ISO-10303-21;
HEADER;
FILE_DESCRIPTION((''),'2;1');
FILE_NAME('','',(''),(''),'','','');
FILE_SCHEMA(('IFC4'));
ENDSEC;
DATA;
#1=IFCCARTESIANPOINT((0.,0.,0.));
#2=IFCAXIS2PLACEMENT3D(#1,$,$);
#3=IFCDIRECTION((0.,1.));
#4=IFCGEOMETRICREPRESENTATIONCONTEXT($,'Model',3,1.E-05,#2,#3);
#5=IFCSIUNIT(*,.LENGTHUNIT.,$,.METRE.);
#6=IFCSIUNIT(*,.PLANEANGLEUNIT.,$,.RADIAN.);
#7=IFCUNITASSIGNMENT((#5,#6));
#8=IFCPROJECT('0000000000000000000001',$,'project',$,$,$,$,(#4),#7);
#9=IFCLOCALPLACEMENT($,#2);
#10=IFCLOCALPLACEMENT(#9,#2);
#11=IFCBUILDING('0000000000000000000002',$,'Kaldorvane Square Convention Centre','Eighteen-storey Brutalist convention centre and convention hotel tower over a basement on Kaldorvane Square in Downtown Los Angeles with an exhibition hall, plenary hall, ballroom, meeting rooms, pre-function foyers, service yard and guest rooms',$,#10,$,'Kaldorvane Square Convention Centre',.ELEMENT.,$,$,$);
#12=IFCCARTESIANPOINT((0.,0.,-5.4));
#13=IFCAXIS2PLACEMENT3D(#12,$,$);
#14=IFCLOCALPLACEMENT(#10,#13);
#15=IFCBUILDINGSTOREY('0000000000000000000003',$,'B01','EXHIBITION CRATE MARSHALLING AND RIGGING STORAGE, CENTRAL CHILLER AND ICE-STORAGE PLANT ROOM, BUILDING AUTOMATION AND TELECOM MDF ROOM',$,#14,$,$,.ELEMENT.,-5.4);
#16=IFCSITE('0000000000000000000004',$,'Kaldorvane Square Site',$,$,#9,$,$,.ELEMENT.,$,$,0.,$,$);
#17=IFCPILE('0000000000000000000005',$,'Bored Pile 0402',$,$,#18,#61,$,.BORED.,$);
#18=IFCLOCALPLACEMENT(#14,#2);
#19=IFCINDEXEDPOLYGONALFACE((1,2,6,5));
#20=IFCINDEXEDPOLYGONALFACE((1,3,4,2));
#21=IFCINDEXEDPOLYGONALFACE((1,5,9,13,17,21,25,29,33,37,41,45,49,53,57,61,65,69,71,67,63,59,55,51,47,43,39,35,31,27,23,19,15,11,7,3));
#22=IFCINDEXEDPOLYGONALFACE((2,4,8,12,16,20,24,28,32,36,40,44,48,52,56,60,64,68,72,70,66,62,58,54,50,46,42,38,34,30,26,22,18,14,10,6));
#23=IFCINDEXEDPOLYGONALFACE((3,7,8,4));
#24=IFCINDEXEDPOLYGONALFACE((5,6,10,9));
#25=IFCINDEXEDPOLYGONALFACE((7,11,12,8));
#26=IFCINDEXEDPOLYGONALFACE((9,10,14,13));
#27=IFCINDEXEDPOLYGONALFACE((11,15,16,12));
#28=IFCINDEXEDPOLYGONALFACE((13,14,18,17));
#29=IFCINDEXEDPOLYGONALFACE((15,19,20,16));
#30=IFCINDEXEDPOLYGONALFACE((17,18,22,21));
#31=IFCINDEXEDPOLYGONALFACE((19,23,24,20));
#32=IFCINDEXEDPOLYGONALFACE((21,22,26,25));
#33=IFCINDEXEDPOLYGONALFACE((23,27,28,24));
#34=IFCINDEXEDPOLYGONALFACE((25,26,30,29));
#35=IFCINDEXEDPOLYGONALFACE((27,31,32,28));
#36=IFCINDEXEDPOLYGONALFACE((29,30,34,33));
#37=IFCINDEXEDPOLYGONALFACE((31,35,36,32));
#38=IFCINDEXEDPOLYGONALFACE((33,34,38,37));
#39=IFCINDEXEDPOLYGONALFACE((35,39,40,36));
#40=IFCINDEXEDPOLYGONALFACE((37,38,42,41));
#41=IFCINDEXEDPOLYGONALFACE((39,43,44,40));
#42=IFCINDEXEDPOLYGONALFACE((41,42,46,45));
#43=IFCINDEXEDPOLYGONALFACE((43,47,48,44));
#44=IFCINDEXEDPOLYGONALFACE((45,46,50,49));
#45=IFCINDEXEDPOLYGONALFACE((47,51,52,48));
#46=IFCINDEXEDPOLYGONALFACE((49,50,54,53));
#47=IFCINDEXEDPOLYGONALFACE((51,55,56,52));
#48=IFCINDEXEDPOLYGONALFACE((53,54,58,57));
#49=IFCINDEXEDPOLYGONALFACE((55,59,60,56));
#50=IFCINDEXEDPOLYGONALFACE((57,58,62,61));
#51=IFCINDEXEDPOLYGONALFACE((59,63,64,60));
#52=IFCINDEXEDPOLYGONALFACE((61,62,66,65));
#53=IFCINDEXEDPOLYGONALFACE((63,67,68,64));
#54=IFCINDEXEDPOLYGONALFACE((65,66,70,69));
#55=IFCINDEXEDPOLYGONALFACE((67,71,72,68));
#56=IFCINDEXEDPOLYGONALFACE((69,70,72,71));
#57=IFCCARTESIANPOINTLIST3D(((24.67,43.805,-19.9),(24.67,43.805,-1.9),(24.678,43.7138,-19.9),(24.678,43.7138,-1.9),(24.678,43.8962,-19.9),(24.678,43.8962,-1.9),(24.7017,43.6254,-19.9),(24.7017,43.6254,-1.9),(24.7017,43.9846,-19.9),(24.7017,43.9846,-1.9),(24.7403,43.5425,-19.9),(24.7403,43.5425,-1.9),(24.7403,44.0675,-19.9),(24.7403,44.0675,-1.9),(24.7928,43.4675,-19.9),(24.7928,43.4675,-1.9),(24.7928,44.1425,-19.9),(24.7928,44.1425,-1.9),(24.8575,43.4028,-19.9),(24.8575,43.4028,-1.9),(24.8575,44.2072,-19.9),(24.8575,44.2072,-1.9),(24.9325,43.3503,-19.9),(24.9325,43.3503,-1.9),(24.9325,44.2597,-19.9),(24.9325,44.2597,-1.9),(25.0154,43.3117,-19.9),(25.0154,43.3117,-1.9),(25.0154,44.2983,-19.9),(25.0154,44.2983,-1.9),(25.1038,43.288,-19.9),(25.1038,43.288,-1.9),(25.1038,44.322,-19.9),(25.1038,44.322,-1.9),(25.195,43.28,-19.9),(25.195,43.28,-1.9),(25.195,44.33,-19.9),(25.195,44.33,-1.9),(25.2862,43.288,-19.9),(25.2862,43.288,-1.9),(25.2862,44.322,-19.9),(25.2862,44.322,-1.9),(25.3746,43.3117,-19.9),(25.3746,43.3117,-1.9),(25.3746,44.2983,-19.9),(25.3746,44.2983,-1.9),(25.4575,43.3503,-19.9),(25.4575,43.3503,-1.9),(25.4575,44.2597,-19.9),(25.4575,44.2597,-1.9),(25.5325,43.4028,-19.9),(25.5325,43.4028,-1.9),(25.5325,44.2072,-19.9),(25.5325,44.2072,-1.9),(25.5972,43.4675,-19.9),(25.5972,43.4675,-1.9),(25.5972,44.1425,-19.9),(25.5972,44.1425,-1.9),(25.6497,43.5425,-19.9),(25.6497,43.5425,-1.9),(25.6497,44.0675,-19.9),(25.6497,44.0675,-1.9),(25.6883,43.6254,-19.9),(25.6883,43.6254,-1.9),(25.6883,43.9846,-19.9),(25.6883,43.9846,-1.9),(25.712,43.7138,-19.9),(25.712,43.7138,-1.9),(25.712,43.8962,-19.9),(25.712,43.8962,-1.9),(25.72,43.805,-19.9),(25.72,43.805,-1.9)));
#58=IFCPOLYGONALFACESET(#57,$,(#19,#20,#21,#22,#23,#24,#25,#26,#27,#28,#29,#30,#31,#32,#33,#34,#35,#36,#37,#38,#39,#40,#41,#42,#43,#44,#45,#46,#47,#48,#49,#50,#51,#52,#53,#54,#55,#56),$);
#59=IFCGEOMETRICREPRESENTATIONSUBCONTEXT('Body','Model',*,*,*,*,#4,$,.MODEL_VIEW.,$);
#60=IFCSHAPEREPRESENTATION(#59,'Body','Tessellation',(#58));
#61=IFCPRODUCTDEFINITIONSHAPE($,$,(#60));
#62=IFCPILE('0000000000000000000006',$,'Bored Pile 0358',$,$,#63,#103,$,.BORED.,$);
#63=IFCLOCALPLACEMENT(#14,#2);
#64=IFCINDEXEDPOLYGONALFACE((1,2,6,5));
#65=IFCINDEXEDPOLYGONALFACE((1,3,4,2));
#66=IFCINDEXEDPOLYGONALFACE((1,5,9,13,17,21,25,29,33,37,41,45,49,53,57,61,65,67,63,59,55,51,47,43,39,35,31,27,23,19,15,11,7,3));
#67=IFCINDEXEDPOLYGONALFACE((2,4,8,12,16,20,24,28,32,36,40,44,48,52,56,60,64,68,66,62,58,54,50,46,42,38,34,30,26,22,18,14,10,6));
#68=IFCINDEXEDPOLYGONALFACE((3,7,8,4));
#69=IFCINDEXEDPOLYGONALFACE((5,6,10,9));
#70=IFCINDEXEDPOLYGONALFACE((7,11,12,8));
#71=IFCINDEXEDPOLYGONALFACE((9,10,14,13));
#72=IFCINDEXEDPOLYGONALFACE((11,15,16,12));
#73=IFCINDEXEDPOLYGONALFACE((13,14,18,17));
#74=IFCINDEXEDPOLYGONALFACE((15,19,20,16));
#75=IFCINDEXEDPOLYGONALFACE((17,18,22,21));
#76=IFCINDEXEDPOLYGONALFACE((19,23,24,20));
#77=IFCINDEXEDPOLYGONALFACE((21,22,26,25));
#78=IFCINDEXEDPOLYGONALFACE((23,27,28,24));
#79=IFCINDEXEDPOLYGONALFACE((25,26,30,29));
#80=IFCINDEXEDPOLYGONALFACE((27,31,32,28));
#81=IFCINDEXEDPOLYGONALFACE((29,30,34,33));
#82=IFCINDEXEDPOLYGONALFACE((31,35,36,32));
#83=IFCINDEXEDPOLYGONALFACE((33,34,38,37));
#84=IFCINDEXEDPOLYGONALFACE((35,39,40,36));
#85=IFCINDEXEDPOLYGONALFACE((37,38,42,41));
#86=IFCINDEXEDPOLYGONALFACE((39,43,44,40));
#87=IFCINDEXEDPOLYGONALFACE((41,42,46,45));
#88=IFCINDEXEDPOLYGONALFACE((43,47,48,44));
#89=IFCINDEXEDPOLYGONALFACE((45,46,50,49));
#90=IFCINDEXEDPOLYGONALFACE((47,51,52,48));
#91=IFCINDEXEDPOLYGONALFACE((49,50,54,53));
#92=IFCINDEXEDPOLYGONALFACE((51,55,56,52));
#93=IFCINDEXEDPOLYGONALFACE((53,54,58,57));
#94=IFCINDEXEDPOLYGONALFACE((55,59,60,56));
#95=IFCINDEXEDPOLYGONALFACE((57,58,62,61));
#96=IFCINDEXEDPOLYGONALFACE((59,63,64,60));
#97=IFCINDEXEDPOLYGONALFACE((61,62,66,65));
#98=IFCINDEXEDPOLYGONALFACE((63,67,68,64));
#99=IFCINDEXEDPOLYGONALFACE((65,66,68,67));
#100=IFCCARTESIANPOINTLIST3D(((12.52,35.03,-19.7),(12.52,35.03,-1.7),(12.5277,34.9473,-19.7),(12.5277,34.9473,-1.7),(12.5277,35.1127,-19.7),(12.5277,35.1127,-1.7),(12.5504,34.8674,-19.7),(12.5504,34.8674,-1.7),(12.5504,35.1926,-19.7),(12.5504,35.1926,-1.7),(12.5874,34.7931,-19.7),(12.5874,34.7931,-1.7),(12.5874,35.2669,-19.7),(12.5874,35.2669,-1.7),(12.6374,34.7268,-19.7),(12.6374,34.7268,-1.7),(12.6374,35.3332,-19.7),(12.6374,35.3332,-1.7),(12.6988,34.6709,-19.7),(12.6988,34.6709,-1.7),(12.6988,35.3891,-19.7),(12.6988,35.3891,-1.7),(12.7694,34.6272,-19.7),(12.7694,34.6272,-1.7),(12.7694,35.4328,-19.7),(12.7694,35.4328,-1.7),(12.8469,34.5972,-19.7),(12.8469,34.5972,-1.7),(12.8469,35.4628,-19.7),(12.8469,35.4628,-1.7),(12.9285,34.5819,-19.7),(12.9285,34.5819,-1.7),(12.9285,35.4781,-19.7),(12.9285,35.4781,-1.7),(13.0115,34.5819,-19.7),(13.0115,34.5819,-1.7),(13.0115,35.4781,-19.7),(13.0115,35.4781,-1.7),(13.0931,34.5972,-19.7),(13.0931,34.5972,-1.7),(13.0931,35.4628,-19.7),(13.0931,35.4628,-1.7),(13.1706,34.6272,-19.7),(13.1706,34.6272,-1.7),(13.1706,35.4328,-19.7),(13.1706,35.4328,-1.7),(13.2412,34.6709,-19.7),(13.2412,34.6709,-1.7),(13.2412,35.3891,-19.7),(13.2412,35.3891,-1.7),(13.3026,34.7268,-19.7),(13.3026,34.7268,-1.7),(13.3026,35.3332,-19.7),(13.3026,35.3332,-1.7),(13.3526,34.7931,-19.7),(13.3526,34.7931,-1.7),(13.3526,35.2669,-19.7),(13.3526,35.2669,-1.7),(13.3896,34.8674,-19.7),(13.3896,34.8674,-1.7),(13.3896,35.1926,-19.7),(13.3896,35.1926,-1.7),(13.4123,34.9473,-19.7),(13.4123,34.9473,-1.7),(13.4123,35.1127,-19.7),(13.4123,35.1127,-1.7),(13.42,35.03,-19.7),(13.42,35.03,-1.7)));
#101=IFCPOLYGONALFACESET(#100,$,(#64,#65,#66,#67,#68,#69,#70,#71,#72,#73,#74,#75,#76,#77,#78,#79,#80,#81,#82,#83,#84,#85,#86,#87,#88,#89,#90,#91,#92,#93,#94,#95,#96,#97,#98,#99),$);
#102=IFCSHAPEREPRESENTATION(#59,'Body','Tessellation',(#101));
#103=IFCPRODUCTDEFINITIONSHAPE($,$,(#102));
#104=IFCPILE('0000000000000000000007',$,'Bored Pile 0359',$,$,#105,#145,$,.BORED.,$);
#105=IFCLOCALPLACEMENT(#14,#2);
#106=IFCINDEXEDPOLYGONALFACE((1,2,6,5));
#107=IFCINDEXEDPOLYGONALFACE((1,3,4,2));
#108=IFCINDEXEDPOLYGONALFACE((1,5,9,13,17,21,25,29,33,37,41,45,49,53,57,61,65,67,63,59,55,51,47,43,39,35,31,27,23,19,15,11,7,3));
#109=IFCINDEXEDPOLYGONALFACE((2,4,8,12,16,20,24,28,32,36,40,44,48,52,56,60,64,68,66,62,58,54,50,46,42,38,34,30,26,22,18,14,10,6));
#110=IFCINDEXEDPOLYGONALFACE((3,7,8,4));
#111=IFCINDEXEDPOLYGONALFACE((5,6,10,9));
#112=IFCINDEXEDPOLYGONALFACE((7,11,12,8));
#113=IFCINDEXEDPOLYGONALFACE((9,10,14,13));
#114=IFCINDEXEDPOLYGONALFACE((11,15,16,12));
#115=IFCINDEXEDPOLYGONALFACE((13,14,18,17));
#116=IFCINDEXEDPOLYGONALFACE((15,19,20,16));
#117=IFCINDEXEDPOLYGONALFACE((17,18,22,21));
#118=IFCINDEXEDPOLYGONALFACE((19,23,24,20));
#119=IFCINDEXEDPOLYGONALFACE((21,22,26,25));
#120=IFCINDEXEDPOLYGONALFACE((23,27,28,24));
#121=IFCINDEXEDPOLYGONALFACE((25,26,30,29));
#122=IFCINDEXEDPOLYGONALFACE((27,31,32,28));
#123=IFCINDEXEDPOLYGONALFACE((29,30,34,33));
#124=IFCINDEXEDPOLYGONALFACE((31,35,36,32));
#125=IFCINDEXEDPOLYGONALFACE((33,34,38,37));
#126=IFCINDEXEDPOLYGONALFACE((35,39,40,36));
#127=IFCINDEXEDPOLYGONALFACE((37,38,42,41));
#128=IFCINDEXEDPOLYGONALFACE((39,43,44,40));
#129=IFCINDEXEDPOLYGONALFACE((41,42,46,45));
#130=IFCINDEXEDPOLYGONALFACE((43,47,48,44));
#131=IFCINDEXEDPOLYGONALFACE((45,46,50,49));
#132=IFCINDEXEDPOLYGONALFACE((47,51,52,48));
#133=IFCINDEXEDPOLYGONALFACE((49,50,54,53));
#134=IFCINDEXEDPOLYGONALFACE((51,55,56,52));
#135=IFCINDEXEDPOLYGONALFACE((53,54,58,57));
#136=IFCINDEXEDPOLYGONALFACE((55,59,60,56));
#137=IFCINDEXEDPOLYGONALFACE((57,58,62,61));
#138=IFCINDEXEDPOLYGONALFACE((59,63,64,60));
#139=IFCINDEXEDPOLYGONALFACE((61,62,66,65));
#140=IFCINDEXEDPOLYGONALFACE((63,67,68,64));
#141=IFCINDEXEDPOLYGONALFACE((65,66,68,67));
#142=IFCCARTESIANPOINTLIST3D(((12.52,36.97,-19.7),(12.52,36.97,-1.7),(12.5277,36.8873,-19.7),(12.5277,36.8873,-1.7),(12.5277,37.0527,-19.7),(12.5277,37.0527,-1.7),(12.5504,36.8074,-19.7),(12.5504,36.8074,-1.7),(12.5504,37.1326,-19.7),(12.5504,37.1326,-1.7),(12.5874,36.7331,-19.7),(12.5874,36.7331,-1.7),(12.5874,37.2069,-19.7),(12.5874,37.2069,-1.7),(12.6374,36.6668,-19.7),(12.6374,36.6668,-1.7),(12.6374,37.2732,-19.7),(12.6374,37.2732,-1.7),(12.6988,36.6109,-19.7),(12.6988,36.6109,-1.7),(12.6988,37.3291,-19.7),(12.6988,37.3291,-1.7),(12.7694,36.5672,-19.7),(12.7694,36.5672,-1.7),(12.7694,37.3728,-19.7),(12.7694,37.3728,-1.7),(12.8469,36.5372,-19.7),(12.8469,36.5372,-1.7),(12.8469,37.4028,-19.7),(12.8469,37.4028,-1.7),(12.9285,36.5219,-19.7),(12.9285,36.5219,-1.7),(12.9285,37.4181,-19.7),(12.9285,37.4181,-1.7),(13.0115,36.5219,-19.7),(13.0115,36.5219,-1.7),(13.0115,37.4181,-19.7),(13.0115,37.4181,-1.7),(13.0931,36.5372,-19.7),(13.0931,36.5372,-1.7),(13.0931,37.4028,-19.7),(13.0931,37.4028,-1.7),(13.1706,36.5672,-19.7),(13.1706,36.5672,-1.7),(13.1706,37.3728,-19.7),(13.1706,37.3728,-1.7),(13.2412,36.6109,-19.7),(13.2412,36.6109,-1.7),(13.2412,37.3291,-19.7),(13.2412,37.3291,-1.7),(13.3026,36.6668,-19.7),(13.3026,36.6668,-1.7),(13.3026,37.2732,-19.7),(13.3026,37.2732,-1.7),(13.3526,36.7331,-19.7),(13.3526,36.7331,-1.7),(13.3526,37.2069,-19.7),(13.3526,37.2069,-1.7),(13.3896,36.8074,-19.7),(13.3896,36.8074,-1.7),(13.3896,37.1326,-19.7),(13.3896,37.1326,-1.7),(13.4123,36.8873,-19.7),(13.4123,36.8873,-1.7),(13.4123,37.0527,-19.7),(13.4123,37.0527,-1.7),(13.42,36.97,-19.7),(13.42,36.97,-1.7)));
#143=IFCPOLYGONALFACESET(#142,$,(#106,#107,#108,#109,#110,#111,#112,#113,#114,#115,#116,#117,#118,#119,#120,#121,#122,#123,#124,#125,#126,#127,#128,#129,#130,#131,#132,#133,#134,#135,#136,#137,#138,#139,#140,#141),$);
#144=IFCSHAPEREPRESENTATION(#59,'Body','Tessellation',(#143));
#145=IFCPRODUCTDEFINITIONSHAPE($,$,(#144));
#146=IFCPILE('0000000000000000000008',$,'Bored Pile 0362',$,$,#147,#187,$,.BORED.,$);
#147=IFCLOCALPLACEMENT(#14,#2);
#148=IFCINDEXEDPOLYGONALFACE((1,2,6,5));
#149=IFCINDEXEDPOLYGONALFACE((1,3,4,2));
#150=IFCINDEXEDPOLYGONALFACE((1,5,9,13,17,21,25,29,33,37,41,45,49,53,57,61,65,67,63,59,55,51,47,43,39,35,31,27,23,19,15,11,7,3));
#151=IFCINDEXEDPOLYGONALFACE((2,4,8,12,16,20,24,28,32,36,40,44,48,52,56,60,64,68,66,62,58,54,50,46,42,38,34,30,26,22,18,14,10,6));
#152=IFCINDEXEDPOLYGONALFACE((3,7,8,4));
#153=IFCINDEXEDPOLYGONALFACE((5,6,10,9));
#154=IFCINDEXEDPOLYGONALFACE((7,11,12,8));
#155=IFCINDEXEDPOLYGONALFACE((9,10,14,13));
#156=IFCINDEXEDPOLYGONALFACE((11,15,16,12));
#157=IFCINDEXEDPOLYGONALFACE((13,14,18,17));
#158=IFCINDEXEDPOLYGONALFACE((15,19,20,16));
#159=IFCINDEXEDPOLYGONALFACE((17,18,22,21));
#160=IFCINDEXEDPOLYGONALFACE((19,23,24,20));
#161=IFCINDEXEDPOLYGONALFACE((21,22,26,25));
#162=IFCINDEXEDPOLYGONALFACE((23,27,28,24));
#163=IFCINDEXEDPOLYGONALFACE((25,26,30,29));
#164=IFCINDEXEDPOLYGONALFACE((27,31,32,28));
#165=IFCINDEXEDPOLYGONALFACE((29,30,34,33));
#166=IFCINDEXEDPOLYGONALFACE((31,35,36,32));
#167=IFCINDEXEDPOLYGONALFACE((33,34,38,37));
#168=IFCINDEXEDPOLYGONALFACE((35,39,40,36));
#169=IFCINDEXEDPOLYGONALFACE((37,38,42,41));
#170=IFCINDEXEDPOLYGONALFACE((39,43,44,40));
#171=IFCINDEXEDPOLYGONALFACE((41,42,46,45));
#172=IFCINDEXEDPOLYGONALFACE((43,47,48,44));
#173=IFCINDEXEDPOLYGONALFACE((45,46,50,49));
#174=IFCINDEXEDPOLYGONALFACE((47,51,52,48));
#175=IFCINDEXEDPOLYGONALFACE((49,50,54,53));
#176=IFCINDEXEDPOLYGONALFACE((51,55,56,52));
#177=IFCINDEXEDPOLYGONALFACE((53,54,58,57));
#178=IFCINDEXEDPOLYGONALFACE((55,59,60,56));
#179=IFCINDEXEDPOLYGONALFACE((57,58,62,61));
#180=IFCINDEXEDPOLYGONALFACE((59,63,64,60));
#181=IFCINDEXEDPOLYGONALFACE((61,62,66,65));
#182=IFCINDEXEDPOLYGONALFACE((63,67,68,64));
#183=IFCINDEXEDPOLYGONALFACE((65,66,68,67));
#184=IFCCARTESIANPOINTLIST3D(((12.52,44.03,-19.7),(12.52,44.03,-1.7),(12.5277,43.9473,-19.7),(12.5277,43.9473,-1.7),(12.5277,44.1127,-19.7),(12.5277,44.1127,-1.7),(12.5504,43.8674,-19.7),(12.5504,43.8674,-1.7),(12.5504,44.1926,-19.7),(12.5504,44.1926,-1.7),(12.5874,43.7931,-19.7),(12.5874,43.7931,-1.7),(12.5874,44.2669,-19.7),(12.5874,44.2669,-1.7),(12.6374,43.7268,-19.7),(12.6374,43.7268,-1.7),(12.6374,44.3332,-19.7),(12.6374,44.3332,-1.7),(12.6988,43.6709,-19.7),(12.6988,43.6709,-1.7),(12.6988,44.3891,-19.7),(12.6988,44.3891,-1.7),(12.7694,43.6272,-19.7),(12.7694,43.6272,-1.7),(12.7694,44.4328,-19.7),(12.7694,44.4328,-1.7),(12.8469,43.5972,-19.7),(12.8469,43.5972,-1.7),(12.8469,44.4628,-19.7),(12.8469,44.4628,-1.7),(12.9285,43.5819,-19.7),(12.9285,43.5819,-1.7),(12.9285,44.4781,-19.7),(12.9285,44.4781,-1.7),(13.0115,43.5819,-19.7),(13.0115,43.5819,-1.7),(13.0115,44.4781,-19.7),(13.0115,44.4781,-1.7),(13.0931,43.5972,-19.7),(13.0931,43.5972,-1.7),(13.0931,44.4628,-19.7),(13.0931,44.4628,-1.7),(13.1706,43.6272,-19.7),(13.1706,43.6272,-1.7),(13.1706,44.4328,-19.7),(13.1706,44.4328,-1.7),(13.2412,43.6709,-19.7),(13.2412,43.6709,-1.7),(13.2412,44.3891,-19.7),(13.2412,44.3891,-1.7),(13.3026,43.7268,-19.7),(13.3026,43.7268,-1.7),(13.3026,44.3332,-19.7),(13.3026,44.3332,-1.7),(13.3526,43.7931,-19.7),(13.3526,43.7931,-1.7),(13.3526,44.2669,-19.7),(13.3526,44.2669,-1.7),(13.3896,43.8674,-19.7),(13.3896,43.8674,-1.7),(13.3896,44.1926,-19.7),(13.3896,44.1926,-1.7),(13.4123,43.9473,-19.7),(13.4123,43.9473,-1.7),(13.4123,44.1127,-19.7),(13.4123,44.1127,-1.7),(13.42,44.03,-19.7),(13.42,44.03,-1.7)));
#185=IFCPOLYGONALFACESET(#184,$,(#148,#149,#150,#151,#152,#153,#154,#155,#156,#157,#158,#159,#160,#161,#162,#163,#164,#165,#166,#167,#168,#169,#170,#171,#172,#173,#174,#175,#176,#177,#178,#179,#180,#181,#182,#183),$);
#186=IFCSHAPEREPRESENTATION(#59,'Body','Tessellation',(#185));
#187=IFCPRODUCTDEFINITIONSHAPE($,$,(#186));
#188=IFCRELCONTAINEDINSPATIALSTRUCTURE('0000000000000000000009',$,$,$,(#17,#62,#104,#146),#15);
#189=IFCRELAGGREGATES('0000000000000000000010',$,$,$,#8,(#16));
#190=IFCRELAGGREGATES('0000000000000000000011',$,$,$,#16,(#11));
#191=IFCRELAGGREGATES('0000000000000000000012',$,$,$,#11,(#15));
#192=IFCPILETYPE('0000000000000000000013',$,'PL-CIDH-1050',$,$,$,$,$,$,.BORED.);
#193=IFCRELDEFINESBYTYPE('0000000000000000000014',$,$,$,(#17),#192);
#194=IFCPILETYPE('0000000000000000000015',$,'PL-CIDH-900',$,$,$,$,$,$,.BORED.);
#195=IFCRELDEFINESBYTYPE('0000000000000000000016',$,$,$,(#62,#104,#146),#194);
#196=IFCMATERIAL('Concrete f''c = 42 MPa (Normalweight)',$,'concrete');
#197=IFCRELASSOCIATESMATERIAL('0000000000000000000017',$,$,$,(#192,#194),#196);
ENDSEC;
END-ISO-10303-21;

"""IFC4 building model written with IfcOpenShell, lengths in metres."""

from ifc_helpers import new_model, si_unit, direction, frame, origin, origin_2d, place, context, subcontext, project, spatial, circle, extrude, material, material_profile, profile_set, type_object, element, save


model = new_model("IFC4")

# Units and contexts
model_context = context("Model", 3, precision=1e-05, world=origin(), true_north=direction((0.0, 1.0)))
body_context = subcontext(model_context, "Body", "Model", "MODEL_VIEW")
ifc_project = project(units=[si_unit("LENGTHUNIT", "METRE"), si_unit("PLANEANGLEUNIT", "RADIAN")], contexts=[model_context])

# Site, building, storey
site_placement = place(None, origin())
site = spatial("IfcSite", under=ifc_project, at=site_placement, Name="Kaldorvane Square Site", CompositionType="ELEMENT", RefElevation=0.0)
building_placement = place(site_placement, origin())
building = spatial("IfcBuilding", under=site, at=building_placement, Name="Kaldorvane Square Convention Centre", Description="Eighteen-storey Brutalist convention centre and convention hotel tower over a basement on Kaldorvane Square in Downtown Los Angeles with an exhibition hall, plenary hall, ballroom, meeting rooms, pre-function foyers, service yard and guest rooms", LongName="Kaldorvane Square Convention Centre", CompositionType="ELEMENT")
storey_placement = place(building_placement, frame((0.0, 0.0, -5.4)))
storey = spatial("IfcBuildingStorey", under=building, at=storey_placement, Name="B01", Description="EXHIBITION CRATE MARSHALLING AND RIGGING STORAGE, CENTRAL CHILLER AND ICE-STORAGE PLANT ROOM, BUILDING AUTOMATION AND TELECOM MDF ROOM", CompositionType="ELEMENT", Elevation=-5.4)

# Shared definitions
ifc_material_1 = material(Name="Concrete f'c = 42 MPa (Normalweight)", Category="concrete")

# Piles
ifc_material_profile_1 = material_profile(ifc_material_1, circle(Radius=0.525, at=origin_2d()), Name="PILE-D1050")
ifc_profile_set_1 = profile_set([ifc_material_profile_1], Name="Concrete f'c = 42 MPa (Normalweight)")
pile_type_1 = type_object("IfcPileType", Name="PL-CIDH-1050", PredefinedType="BORED", material=ifc_profile_set_1)
for number, where, z_axis, x_axis, name in (
    (1, (25.195, 43.805, -1.9), (0.0, 0.0, -1.0), (1.0, 0.0, 0.0), "Bored Pile 0402"),
):
    element("IfcPile", number, at=place(storey_placement, frame(where, z_axis=z_axis, x_axis=x_axis)), inside=storey, type_object=pile_type_1, Name=name, PredefinedType="BORED", context=body_context, shape_type="SweptSolid", body=[
        extrude(circle(Radius=0.525, at=origin_2d()), origin(), (0.0, 0.0, 1.0), 18.0),
    ])
ifc_material_profile_2 = material_profile(ifc_material_1, circle(Radius=0.45, at=origin_2d()), Name="PILE-D900")
ifc_profile_set_2 = profile_set([ifc_material_profile_2], Name="Concrete f'c = 42 MPa (Normalweight)")
pile_type_2 = type_object("IfcPileType", Name="PL-CIDH-900", PredefinedType="BORED", material=ifc_profile_set_2)
for number, where, z_axis, x_axis, name in (
    (2, (12.97, 35.03, -1.7), (0.0, 0.0, -1.0), (1.0, 0.0, 0.0), "Bored Pile 0358"),
    (3, (12.97, 36.97, -1.7), (0.0, 0.0, -1.0), (1.0, 0.0, 0.0), "Bored Pile 0359"),
    (4, (12.97, 44.03, -1.7), (0.0, 0.0, -1.0), (1.0, 0.0, 0.0), "Bored Pile 0362"),
):
    element("IfcPile", number, at=place(storey_placement, frame(where, z_axis=z_axis, x_axis=x_axis)), inside=storey, type_object=pile_type_2, Name=name, PredefinedType="BORED", context=body_context, shape_type="SweptSolid", body=[
        extrude(circle(Radius=0.45, at=origin_2d()), origin(), (0.0, 0.0, 1.0), 18.0),
    ])

save(model, "model.ifc")
